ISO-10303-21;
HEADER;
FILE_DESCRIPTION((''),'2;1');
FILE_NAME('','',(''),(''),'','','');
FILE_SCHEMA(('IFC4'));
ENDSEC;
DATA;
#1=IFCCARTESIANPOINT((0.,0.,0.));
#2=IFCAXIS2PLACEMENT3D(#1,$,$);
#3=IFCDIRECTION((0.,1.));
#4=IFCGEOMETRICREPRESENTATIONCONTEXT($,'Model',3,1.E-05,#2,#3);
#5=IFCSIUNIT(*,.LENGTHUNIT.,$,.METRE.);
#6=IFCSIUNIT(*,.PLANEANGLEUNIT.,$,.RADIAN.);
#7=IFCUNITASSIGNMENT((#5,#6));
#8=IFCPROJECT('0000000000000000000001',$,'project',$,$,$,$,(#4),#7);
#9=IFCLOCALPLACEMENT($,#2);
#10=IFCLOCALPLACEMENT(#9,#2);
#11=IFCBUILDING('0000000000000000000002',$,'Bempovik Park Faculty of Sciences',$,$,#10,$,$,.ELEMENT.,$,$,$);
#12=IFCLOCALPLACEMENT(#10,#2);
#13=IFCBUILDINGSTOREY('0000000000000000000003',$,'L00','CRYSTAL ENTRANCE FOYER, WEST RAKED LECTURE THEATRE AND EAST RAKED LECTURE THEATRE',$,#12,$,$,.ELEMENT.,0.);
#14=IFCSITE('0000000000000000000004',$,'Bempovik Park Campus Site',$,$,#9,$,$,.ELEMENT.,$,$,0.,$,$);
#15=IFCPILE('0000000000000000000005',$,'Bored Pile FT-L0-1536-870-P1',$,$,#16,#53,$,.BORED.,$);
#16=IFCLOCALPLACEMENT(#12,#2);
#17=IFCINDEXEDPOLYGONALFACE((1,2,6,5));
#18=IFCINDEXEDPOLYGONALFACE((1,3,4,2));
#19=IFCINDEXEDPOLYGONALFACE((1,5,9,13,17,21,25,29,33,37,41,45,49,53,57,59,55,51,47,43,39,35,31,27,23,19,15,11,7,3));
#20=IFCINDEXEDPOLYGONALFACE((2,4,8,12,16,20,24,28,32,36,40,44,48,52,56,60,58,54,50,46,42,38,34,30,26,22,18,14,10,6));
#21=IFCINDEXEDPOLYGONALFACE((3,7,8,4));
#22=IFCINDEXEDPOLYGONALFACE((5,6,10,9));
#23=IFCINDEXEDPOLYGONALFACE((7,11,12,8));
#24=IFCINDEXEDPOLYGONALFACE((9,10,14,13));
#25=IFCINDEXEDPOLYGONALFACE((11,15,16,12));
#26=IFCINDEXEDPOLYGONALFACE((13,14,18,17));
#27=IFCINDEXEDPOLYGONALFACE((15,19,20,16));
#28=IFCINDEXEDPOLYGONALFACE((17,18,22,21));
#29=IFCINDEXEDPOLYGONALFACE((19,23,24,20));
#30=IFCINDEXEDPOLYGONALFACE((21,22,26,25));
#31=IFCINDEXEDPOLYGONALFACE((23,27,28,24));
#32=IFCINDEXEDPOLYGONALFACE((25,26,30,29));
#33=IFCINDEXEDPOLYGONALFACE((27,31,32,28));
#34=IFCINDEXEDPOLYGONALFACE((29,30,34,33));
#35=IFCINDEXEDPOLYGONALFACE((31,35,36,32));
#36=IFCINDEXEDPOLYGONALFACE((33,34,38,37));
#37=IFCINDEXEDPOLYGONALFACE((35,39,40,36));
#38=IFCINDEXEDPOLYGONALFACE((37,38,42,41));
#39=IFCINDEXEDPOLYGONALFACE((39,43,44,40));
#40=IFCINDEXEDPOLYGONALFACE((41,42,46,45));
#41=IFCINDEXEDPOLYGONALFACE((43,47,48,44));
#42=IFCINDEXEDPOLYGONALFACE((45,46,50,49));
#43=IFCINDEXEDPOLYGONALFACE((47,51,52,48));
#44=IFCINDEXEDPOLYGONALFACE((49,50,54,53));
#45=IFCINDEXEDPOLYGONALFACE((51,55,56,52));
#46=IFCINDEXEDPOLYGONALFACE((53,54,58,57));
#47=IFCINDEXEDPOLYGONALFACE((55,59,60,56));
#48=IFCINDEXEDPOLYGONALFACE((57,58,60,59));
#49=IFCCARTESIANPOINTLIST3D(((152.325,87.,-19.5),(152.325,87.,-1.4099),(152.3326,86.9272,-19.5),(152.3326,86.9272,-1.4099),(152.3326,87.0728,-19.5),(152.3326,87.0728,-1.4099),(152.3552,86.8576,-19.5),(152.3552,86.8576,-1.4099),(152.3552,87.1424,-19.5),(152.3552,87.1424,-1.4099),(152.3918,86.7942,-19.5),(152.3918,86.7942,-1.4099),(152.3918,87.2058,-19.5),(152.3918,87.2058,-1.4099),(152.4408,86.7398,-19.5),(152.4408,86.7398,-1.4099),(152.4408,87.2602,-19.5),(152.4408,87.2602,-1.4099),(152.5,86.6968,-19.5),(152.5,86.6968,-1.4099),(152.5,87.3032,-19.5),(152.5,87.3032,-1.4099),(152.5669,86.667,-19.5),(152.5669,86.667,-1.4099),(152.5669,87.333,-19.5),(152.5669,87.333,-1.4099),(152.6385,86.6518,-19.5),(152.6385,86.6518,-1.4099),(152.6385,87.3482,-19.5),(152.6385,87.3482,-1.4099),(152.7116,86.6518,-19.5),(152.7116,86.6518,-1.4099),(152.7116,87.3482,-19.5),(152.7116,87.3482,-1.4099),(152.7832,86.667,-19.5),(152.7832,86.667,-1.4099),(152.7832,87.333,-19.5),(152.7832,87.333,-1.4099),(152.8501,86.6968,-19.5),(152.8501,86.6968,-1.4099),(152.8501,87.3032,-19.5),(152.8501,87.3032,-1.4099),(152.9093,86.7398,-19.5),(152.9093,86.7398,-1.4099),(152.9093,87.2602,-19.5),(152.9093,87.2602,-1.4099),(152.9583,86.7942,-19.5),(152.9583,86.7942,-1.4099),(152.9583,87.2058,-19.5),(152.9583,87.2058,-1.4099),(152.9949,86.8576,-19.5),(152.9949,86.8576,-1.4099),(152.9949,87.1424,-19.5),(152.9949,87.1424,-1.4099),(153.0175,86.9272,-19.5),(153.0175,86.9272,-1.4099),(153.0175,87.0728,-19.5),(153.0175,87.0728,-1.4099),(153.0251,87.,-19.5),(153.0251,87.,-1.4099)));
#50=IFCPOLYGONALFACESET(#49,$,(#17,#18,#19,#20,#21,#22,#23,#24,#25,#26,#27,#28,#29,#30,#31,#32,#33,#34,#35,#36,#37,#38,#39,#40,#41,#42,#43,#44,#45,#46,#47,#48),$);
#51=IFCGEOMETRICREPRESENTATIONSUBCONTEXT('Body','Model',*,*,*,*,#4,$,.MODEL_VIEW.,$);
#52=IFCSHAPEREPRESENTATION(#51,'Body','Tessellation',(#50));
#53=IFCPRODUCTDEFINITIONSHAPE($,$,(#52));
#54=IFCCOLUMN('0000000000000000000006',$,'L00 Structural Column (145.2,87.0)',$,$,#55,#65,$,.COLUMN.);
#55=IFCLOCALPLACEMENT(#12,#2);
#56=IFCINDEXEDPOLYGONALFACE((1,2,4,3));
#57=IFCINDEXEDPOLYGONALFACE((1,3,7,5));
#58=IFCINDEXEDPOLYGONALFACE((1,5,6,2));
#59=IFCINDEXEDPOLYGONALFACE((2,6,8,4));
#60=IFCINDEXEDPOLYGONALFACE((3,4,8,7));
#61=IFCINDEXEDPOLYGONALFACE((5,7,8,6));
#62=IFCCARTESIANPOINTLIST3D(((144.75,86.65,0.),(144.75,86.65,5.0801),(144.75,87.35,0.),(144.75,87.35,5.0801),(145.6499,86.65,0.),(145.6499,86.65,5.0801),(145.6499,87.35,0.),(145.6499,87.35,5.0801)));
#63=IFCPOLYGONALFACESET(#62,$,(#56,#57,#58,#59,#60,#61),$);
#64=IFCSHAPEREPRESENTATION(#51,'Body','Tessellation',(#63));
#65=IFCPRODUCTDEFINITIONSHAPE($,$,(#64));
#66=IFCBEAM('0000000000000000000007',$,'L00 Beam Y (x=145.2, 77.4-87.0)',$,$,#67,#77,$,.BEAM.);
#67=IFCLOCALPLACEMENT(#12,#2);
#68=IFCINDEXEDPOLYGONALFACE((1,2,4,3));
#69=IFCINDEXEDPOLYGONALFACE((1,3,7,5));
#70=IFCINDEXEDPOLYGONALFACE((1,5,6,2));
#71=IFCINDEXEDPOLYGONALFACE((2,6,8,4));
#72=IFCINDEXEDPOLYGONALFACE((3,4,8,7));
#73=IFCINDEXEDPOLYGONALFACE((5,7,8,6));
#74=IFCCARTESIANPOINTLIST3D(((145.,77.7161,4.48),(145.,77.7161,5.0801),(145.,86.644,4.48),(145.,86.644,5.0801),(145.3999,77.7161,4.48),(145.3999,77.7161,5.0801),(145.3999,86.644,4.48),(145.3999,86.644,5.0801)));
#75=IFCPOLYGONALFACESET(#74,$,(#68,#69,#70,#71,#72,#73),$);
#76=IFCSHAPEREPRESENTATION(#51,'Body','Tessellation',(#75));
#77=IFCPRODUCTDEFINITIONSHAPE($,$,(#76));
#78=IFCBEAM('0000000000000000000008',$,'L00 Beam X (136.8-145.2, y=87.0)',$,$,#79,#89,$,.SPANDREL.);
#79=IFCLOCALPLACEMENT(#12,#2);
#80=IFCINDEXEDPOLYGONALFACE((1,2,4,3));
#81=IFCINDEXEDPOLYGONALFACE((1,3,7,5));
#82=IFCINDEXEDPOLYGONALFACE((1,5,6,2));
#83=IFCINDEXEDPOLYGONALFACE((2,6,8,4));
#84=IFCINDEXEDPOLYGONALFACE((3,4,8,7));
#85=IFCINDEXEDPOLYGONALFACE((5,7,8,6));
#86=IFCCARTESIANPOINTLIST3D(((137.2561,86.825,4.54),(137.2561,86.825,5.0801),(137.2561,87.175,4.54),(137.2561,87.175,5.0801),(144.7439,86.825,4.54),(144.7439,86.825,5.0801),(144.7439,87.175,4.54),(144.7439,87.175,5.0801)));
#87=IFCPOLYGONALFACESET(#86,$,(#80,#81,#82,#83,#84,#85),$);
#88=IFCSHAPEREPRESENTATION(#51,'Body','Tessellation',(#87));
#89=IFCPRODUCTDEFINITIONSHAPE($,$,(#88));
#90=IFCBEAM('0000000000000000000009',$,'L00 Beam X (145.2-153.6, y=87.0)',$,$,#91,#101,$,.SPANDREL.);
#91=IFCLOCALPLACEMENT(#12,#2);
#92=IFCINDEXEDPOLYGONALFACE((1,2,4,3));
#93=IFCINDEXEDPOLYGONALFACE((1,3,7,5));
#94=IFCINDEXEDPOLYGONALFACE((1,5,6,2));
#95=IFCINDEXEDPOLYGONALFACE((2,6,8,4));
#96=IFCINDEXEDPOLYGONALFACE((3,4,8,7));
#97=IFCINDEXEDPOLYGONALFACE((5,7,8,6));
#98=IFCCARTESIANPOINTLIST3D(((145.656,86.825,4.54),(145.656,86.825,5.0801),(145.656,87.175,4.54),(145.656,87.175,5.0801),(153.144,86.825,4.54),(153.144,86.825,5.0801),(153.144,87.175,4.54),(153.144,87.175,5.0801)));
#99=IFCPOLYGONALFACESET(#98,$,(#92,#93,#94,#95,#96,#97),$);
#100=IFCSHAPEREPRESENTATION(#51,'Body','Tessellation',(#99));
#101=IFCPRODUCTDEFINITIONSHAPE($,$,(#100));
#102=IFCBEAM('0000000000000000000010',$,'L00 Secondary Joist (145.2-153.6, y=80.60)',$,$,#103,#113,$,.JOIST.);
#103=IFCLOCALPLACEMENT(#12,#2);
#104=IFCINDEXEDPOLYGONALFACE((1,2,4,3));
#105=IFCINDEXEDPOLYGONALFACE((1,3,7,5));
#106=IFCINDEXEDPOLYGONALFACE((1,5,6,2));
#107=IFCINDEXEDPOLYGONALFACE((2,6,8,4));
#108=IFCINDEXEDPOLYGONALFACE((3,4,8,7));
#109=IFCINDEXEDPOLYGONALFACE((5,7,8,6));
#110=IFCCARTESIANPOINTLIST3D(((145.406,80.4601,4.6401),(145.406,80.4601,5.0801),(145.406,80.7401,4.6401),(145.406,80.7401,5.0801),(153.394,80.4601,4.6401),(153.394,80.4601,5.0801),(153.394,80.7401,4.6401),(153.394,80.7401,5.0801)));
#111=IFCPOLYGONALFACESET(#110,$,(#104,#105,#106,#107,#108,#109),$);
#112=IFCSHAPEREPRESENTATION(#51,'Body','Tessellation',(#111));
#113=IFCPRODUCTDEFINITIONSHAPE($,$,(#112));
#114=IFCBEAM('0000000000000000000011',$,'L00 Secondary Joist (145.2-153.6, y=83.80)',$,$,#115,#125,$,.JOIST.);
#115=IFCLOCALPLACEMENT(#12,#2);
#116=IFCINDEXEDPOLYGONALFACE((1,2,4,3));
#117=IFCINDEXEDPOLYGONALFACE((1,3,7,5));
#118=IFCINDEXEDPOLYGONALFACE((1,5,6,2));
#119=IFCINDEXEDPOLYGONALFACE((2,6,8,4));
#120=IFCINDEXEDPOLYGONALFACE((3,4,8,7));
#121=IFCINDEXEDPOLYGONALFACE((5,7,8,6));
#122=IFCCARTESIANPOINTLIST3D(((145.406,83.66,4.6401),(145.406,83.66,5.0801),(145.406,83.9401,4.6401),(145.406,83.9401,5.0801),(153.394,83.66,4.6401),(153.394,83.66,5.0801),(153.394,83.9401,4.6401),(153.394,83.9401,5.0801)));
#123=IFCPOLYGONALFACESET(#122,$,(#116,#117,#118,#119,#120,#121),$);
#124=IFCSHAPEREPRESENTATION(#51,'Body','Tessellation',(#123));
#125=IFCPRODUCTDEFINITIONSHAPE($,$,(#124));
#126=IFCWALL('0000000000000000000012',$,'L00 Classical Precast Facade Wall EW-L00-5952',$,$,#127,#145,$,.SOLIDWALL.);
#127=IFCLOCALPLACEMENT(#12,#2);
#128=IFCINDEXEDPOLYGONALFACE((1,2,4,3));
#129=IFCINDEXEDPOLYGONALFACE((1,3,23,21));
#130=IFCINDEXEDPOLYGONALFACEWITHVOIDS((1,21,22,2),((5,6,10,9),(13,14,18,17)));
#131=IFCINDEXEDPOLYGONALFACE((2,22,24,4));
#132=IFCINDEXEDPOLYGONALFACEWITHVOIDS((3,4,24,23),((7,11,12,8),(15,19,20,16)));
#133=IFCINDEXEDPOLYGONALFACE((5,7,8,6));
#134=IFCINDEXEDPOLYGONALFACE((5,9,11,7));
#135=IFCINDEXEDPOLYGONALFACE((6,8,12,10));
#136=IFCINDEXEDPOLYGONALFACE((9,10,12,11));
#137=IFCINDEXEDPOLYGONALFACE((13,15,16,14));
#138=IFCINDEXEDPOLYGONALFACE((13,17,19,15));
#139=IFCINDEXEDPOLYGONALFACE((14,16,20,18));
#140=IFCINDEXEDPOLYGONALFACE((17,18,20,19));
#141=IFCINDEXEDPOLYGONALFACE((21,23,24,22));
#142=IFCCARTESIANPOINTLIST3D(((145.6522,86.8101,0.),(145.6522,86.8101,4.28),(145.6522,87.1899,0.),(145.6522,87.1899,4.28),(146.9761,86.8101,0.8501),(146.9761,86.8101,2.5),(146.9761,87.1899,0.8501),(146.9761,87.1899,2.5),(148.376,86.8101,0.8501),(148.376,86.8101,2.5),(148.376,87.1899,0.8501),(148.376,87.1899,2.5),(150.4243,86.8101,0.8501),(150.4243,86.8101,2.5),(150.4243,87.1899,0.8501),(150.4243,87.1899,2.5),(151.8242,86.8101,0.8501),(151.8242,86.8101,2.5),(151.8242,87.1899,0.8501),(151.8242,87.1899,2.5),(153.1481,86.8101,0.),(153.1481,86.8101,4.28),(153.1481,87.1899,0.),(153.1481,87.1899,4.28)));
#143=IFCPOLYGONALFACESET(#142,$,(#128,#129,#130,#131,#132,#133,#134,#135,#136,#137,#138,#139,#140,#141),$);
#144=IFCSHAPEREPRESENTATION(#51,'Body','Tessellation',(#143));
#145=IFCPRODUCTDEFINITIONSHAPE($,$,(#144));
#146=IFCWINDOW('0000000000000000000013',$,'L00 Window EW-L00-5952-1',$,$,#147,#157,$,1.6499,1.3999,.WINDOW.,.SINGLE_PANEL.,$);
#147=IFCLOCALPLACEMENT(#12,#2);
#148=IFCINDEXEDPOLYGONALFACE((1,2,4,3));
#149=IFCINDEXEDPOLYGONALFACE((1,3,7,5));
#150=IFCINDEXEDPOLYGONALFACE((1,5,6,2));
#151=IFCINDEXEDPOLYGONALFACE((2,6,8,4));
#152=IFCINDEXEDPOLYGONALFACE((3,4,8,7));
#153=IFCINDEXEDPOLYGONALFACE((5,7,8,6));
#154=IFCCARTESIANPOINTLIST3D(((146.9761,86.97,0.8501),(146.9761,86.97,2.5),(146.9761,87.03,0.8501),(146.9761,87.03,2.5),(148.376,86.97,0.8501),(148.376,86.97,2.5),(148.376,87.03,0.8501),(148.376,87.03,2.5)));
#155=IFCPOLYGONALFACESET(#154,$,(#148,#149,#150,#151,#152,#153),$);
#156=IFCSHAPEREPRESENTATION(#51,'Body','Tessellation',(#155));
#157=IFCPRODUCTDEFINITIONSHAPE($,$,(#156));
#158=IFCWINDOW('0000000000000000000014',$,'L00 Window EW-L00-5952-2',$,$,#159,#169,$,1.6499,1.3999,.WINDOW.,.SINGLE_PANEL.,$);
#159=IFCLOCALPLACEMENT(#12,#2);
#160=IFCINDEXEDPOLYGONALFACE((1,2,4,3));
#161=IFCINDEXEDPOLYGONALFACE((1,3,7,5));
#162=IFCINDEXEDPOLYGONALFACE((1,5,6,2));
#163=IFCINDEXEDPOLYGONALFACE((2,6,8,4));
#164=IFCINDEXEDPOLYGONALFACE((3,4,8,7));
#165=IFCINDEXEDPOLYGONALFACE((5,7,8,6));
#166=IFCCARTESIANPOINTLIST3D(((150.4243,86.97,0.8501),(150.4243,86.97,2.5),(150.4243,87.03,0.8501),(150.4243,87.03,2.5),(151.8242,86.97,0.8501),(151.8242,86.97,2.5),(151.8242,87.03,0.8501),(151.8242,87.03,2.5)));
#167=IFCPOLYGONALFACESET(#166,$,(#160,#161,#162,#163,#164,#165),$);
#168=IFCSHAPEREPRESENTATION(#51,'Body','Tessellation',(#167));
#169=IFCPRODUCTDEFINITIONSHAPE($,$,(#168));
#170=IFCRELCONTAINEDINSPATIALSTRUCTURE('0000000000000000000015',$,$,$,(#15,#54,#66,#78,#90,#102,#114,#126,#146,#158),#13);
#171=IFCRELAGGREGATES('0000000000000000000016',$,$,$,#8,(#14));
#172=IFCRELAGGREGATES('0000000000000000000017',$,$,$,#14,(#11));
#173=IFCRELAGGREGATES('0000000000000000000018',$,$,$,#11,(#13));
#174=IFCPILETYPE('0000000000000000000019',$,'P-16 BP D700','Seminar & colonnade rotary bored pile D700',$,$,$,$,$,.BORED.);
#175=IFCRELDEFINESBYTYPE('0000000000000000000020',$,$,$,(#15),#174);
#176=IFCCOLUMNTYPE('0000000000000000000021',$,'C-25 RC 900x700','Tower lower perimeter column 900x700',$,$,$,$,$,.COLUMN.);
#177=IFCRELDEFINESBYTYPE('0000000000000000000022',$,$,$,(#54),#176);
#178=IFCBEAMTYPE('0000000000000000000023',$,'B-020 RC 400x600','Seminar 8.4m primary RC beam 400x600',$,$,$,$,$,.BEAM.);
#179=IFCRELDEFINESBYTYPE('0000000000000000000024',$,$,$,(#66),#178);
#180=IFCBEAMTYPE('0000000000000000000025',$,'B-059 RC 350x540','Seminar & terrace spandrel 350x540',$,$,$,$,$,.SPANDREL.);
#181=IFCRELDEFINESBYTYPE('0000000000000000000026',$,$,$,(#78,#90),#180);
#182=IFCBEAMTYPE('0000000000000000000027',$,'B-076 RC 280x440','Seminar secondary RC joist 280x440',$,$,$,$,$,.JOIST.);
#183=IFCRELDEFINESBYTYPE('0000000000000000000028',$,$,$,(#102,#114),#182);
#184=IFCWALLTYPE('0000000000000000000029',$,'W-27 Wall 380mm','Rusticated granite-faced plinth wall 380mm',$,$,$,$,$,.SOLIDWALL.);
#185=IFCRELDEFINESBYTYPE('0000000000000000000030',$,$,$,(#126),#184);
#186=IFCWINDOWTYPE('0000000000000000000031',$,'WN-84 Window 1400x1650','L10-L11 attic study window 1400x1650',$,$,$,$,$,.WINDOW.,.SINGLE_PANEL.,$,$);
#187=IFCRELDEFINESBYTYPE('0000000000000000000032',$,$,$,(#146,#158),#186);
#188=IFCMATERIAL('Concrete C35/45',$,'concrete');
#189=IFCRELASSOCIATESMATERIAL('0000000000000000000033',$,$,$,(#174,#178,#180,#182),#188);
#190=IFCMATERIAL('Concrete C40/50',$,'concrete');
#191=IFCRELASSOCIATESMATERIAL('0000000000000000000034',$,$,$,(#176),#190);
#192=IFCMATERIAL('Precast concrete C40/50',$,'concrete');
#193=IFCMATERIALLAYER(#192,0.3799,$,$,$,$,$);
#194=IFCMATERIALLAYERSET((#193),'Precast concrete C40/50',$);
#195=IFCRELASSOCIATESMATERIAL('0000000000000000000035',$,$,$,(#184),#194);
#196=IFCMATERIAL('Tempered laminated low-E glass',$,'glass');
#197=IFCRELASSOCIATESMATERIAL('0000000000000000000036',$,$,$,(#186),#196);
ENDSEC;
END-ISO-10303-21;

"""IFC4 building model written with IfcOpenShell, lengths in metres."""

from ifc_helpers import new_model, si_unit, direction, frame, frame_2d, origin, origin_2d, place, context, subcontext, project, spatial, rectangle, circle, extrude, material, layer, layer_set, material_profile, profile_set, type_object, element, fill, save


model = new_model("IFC4")

# Units and contexts
model_context = context("Model", 3, precision=1e-05, world=origin(), true_north=direction((0.0, 1.0)))
body_context = subcontext(model_context, "Body", "Model", "MODEL_VIEW")
ifc_project = project(units=[si_unit("LENGTHUNIT", "METRE"), si_unit("PLANEANGLEUNIT", "RADIAN")], contexts=[model_context])

# Site, building, storey
site_placement = place(None, origin())
site = spatial("IfcSite", under=ifc_project, at=site_placement, Name="Bempovik Park Campus Site", CompositionType="ELEMENT", RefElevation=0.0)
building_placement = place(site_placement, origin())
building = spatial("IfcBuilding", under=site, at=building_placement, Name="Bempovik Park Faculty of Sciences", CompositionType="ELEMENT")
storey_placement = place(building_placement, origin())
storey = spatial("IfcBuildingStorey", under=building, at=storey_placement, Name="L00", Description="CRYSTAL ENTRANCE FOYER, WEST RAKED LECTURE THEATRE AND EAST RAKED LECTURE THEATRE", CompositionType="ELEMENT", Elevation=0.0)

# Shared definitions
ifc_material_1 = material(Name="Concrete C35/45", Category="concrete")

# Pile
ifc_material_profile_1 = material_profile(ifc_material_1, circle(Radius=0.3501, at=origin_2d()), Name="BP D700")
ifc_profile_set_1 = profile_set([ifc_material_profile_1], Name="Concrete C35/45")
pile_type = type_object("IfcPileType", Name="P-16 BP D700", Description="Seminar & colonnade rotary bored pile D700", PredefinedType="BORED", material=ifc_profile_set_1)
for number, where, z_axis, x_axis, name in (
    (1, (152.675, 87.0, -1.4099), (0.0, 0.0, -1.0), (1.0, 0.0, 0.0), "Bored Pile FT-L0-1536-870-P1"),
):
    element("IfcPile", number, at=place(storey_placement, frame(where, z_axis=z_axis, x_axis=x_axis)), inside=storey, type_object=pile_type, Name=name, PredefinedType="BORED", context=body_context, shape_type="SweptSolid", body=[
        extrude(circle(Radius=0.3501, at=origin_2d()), origin(), (0.0, 0.0, 1.0), 18.0901),
    ])

# Column
ifc_material_2 = material(Name="Concrete C40/50", Category="concrete")
ifc_material_profile_2 = material_profile(ifc_material_2, rectangle(XDim=0.8999, YDim=0.7, at=origin_2d()), Name="RC 900x700")
ifc_profile_set_2 = profile_set([ifc_material_profile_2], Name="Concrete C40/50")
column_type = type_object("IfcColumnType", Name="C-25 RC 900x700", Description="Tower lower perimeter column 900x700", PredefinedType="COLUMN", material=ifc_profile_set_2)
column_placement = place(storey_placement, frame((145.2, 87.0, 0.0), z_axis=(0.0, 0.0, 1.0), x_axis=(1.0, 0.0, 0.0)))
element("IfcColumn", 2, at=column_placement, inside=storey, type_object=column_type, Name="L00 Structural Column (145.2,87.0)", PredefinedType="COLUMN", context=body_context, shape_type="SweptSolid", body=[
    extrude(rectangle(XDim=0.8999, YDim=0.7, at=origin_2d()), origin(), (0.0, 0.0, 1.0), 5.0801),
])

# Beams
ifc_material_profile_3 = material_profile(ifc_material_1, rectangle(XDim=0.3999, YDim=0.6001, at=origin_2d()), Name="RC 400x600")
ifc_profile_set_3 = profile_set([ifc_material_profile_3], Name="Concrete C35/45")
beam_type_1 = type_object("IfcBeamType", Name="B-020 RC 400x600", Description="Seminar 8.4m primary RC beam 400x600", PredefinedType="BEAM", material=ifc_profile_set_3)
beam_1_placement = place(storey_placement, frame((145.2, 77.7161, 4.78), z_axis=(0.0, 1.0, 0.0), x_axis=(-1.0, 0.0, 0.0)))
element("IfcBeam", 3, at=beam_1_placement, inside=storey, type_object=beam_type_1, Name="L00 Beam Y (x=145.2, 77.4-87.0)", PredefinedType="BEAM", context=body_context, shape_type="SweptSolid", body=[
    extrude(rectangle(XDim=0.3999, YDim=0.6001, at=origin_2d()), origin(), (0.0, 0.0, 1.0), 8.928),
])
ifc_material_profile_4 = material_profile(ifc_material_1, rectangle(XDim=0.3501, YDim=0.54, at=origin_2d()), Name="RC 350x540")
ifc_profile_set_4 = profile_set([ifc_material_profile_4], Name="Concrete C35/45")
beam_type_2 = type_object("IfcBeamType", Name="B-059 RC 350x540", Description="Seminar & terrace spandrel 350x540", PredefinedType="SPANDREL", material=ifc_profile_set_4)
beam_2_placement = place(storey_placement, frame((137.2561, 87.0, 4.8101), z_axis=(1.0, 0.0, 0.0), x_axis=(0.0, 1.0, 0.0)))
element("IfcBeam", 4, at=beam_2_placement, inside=storey, type_object=beam_type_2, Name="L00 Beam X (136.8-145.2, y=87.0)", PredefinedType="SPANDREL", context=body_context, shape_type="SweptSolid", body=[
    extrude(rectangle(XDim=0.3501, YDim=0.54, at=origin_2d()), origin(), (0.0, 0.0, 1.0), 7.4878),
])
beam_3_placement = place(storey_placement, frame((145.656, 87.0, 4.8101), z_axis=(1.0, 0.0, 0.0), x_axis=(0.0, 1.0, 0.0)))
element("IfcBeam", 5, at=beam_3_placement, inside=storey, type_object=beam_type_2, Name="L00 Beam X (145.2-153.6, y=87.0)", PredefinedType="SPANDREL", context=body_context, shape_type="SweptSolid", body=[
    extrude(rectangle(XDim=0.3501, YDim=0.54, at=origin_2d()), origin(), (0.0, 0.0, 1.0), 7.488),
])
ifc_material_profile_5 = material_profile(ifc_material_1, rectangle(XDim=0.28, YDim=0.4399, at=origin_2d()), Name="RC 280x440")
ifc_profile_set_5 = profile_set([ifc_material_profile_5], Name="Concrete C35/45")
beam_type_3 = type_object("IfcBeamType", Name="B-076 RC 280x440", Description="Seminar secondary RC joist 280x440", PredefinedType="JOIST", material=ifc_profile_set_5)
for number, where, z_axis, x_axis, name in (
    (6, (145.406, 80.6001, 4.8601), (1.0, 0.0, 0.0), (0.0, 1.0, 0.0), "L00 Secondary Joist (145.2-153.6, y=80.60)"),
    (7, (145.406, 83.8, 4.8601), (1.0, 0.0, 0.0), (0.0, 1.0, 0.0), "L00 Secondary Joist (145.2-153.6, y=83.80)"),
):
    element("IfcBeam", number, at=place(storey_placement, frame(where, z_axis=z_axis, x_axis=x_axis)), inside=storey, type_object=beam_type_3, Name=name, PredefinedType="JOIST", context=body_context, shape_type="SweptSolid", body=[
        extrude(rectangle(XDim=0.28, YDim=0.4399, at=origin_2d()), origin(), (0.0, 0.0, 1.0), 7.988),
    ])

# Wall, openings, windows
ifc_material_3 = material(Name="Precast concrete C40/50", Category="concrete")
ifc_layer_1 = layer(ifc_material_3, 0.3799)
ifc_layer_set_1 = layer_set([ifc_layer_1], Name="Precast concrete C40/50")
wall_type_1 = type_object("IfcWallType", Name="W-27 Wall 380mm", Description="Rusticated granite-faced plinth wall 380mm", PredefinedType="SOLIDWALL", material=ifc_layer_set_1)
wall_1_placement = place(storey_placement, frame((145.6521, 87.0, 0.0), z_axis=(0.0, 0.0, 1.0), x_axis=(1.0, 0.0, 0.0)))
wall_1 = element("IfcWall", 8, at=wall_1_placement, inside=storey, type_object=wall_type_1, Name="L00 Classical Precast Facade Wall EW-L00-5952", PredefinedType="SOLIDWALL", context=body_context, shape_type="SweptSolid", body=[
    extrude(rectangle(XDim=7.4958, YDim=0.3799, at=frame_2d((3.748, 0.0))), origin(), (0.0, 0.0, 1.0), 4.28),
])
opening_1_placement = place(wall_1_placement, frame((1.324, 0.0, 0.8501)))
opening_1 = element("IfcOpeningElement", 9, at=opening_1_placement, cuts=wall_1, PredefinedType="OPENING", context=body_context, shape_type="SweptSolid", body=[
    extrude(rectangle(XDim=1.3999, YDim=1.6499, at=frame_2d((0.7, 0.825))), frame((0.0, 0.2, 0.0), z_axis=(0.0, -1.0, 0.0), x_axis=(1.0, 0.0, 0.0)), (0.0, 0.0, 1.0), 0.3999),
])
opening_2_placement = place(wall_1_placement, frame((4.7722, 0.0, 0.8501)))
opening_2 = element("IfcOpeningElement", 10, at=opening_2_placement, cuts=wall_1, PredefinedType="OPENING", context=body_context, shape_type="SweptSolid", body=[
    extrude(rectangle(XDim=1.3999, YDim=1.6499, at=frame_2d((0.7, 0.825))), frame((0.0, 0.2, 0.0), z_axis=(0.0, -1.0, 0.0), x_axis=(1.0, 0.0, 0.0)), (0.0, 0.0, 1.0), 0.3999),
])
ifc_material_4 = material(Name="Tempered laminated low-E glass", Category="glass")
window_type = type_object("IfcWindowType", Name="WN-84 Window 1400x1650", Description="L10-L11 attic study window 1400x1650", PartitioningType="SINGLE_PANEL", PredefinedType="WINDOW", material=ifc_material_4)
window_1_placement = place(opening_1_placement, origin())
window_1 = element("IfcWindow", 11, at=window_1_placement, inside=storey, type_object=window_type, Name="L00 Window EW-L00-5952-1", OverallHeight=1.6499, OverallWidth=1.3999, PartitioningType="SINGLE_PANEL", PredefinedType="WINDOW", context=body_context, shape_type="SweptSolid", body=[
    extrude(rectangle(XDim=1.3999, YDim=1.6499, at=frame_2d((0.7, 0.825))), frame((0.0, 0.03, 0.0), z_axis=(0.0, -1.0, 0.0), x_axis=(1.0, 0.0, 0.0)), (0.0, 0.0, 1.0), 0.0601),
])
fill(opening_1, window_1)
window_2_placement = place(opening_2_placement, origin())
window_2 = element("IfcWindow", 12, at=window_2_placement, inside=storey, type_object=window_type, Name="L00 Window EW-L00-5952-2", OverallHeight=1.6499, OverallWidth=1.3999, PartitioningType="SINGLE_PANEL", PredefinedType="WINDOW", context=body_context, shape_type="SweptSolid", body=[
    extrude(rectangle(XDim=1.3999, YDim=1.6499, at=frame_2d((0.7, 0.825))), frame((0.0, 0.03, 0.0), z_axis=(0.0, -1.0, 0.0), x_axis=(1.0, 0.0, 0.0)), (0.0, 0.0, 1.0), 0.0601),
])
fill(opening_2, window_2)

save(model, "model.ifc")
